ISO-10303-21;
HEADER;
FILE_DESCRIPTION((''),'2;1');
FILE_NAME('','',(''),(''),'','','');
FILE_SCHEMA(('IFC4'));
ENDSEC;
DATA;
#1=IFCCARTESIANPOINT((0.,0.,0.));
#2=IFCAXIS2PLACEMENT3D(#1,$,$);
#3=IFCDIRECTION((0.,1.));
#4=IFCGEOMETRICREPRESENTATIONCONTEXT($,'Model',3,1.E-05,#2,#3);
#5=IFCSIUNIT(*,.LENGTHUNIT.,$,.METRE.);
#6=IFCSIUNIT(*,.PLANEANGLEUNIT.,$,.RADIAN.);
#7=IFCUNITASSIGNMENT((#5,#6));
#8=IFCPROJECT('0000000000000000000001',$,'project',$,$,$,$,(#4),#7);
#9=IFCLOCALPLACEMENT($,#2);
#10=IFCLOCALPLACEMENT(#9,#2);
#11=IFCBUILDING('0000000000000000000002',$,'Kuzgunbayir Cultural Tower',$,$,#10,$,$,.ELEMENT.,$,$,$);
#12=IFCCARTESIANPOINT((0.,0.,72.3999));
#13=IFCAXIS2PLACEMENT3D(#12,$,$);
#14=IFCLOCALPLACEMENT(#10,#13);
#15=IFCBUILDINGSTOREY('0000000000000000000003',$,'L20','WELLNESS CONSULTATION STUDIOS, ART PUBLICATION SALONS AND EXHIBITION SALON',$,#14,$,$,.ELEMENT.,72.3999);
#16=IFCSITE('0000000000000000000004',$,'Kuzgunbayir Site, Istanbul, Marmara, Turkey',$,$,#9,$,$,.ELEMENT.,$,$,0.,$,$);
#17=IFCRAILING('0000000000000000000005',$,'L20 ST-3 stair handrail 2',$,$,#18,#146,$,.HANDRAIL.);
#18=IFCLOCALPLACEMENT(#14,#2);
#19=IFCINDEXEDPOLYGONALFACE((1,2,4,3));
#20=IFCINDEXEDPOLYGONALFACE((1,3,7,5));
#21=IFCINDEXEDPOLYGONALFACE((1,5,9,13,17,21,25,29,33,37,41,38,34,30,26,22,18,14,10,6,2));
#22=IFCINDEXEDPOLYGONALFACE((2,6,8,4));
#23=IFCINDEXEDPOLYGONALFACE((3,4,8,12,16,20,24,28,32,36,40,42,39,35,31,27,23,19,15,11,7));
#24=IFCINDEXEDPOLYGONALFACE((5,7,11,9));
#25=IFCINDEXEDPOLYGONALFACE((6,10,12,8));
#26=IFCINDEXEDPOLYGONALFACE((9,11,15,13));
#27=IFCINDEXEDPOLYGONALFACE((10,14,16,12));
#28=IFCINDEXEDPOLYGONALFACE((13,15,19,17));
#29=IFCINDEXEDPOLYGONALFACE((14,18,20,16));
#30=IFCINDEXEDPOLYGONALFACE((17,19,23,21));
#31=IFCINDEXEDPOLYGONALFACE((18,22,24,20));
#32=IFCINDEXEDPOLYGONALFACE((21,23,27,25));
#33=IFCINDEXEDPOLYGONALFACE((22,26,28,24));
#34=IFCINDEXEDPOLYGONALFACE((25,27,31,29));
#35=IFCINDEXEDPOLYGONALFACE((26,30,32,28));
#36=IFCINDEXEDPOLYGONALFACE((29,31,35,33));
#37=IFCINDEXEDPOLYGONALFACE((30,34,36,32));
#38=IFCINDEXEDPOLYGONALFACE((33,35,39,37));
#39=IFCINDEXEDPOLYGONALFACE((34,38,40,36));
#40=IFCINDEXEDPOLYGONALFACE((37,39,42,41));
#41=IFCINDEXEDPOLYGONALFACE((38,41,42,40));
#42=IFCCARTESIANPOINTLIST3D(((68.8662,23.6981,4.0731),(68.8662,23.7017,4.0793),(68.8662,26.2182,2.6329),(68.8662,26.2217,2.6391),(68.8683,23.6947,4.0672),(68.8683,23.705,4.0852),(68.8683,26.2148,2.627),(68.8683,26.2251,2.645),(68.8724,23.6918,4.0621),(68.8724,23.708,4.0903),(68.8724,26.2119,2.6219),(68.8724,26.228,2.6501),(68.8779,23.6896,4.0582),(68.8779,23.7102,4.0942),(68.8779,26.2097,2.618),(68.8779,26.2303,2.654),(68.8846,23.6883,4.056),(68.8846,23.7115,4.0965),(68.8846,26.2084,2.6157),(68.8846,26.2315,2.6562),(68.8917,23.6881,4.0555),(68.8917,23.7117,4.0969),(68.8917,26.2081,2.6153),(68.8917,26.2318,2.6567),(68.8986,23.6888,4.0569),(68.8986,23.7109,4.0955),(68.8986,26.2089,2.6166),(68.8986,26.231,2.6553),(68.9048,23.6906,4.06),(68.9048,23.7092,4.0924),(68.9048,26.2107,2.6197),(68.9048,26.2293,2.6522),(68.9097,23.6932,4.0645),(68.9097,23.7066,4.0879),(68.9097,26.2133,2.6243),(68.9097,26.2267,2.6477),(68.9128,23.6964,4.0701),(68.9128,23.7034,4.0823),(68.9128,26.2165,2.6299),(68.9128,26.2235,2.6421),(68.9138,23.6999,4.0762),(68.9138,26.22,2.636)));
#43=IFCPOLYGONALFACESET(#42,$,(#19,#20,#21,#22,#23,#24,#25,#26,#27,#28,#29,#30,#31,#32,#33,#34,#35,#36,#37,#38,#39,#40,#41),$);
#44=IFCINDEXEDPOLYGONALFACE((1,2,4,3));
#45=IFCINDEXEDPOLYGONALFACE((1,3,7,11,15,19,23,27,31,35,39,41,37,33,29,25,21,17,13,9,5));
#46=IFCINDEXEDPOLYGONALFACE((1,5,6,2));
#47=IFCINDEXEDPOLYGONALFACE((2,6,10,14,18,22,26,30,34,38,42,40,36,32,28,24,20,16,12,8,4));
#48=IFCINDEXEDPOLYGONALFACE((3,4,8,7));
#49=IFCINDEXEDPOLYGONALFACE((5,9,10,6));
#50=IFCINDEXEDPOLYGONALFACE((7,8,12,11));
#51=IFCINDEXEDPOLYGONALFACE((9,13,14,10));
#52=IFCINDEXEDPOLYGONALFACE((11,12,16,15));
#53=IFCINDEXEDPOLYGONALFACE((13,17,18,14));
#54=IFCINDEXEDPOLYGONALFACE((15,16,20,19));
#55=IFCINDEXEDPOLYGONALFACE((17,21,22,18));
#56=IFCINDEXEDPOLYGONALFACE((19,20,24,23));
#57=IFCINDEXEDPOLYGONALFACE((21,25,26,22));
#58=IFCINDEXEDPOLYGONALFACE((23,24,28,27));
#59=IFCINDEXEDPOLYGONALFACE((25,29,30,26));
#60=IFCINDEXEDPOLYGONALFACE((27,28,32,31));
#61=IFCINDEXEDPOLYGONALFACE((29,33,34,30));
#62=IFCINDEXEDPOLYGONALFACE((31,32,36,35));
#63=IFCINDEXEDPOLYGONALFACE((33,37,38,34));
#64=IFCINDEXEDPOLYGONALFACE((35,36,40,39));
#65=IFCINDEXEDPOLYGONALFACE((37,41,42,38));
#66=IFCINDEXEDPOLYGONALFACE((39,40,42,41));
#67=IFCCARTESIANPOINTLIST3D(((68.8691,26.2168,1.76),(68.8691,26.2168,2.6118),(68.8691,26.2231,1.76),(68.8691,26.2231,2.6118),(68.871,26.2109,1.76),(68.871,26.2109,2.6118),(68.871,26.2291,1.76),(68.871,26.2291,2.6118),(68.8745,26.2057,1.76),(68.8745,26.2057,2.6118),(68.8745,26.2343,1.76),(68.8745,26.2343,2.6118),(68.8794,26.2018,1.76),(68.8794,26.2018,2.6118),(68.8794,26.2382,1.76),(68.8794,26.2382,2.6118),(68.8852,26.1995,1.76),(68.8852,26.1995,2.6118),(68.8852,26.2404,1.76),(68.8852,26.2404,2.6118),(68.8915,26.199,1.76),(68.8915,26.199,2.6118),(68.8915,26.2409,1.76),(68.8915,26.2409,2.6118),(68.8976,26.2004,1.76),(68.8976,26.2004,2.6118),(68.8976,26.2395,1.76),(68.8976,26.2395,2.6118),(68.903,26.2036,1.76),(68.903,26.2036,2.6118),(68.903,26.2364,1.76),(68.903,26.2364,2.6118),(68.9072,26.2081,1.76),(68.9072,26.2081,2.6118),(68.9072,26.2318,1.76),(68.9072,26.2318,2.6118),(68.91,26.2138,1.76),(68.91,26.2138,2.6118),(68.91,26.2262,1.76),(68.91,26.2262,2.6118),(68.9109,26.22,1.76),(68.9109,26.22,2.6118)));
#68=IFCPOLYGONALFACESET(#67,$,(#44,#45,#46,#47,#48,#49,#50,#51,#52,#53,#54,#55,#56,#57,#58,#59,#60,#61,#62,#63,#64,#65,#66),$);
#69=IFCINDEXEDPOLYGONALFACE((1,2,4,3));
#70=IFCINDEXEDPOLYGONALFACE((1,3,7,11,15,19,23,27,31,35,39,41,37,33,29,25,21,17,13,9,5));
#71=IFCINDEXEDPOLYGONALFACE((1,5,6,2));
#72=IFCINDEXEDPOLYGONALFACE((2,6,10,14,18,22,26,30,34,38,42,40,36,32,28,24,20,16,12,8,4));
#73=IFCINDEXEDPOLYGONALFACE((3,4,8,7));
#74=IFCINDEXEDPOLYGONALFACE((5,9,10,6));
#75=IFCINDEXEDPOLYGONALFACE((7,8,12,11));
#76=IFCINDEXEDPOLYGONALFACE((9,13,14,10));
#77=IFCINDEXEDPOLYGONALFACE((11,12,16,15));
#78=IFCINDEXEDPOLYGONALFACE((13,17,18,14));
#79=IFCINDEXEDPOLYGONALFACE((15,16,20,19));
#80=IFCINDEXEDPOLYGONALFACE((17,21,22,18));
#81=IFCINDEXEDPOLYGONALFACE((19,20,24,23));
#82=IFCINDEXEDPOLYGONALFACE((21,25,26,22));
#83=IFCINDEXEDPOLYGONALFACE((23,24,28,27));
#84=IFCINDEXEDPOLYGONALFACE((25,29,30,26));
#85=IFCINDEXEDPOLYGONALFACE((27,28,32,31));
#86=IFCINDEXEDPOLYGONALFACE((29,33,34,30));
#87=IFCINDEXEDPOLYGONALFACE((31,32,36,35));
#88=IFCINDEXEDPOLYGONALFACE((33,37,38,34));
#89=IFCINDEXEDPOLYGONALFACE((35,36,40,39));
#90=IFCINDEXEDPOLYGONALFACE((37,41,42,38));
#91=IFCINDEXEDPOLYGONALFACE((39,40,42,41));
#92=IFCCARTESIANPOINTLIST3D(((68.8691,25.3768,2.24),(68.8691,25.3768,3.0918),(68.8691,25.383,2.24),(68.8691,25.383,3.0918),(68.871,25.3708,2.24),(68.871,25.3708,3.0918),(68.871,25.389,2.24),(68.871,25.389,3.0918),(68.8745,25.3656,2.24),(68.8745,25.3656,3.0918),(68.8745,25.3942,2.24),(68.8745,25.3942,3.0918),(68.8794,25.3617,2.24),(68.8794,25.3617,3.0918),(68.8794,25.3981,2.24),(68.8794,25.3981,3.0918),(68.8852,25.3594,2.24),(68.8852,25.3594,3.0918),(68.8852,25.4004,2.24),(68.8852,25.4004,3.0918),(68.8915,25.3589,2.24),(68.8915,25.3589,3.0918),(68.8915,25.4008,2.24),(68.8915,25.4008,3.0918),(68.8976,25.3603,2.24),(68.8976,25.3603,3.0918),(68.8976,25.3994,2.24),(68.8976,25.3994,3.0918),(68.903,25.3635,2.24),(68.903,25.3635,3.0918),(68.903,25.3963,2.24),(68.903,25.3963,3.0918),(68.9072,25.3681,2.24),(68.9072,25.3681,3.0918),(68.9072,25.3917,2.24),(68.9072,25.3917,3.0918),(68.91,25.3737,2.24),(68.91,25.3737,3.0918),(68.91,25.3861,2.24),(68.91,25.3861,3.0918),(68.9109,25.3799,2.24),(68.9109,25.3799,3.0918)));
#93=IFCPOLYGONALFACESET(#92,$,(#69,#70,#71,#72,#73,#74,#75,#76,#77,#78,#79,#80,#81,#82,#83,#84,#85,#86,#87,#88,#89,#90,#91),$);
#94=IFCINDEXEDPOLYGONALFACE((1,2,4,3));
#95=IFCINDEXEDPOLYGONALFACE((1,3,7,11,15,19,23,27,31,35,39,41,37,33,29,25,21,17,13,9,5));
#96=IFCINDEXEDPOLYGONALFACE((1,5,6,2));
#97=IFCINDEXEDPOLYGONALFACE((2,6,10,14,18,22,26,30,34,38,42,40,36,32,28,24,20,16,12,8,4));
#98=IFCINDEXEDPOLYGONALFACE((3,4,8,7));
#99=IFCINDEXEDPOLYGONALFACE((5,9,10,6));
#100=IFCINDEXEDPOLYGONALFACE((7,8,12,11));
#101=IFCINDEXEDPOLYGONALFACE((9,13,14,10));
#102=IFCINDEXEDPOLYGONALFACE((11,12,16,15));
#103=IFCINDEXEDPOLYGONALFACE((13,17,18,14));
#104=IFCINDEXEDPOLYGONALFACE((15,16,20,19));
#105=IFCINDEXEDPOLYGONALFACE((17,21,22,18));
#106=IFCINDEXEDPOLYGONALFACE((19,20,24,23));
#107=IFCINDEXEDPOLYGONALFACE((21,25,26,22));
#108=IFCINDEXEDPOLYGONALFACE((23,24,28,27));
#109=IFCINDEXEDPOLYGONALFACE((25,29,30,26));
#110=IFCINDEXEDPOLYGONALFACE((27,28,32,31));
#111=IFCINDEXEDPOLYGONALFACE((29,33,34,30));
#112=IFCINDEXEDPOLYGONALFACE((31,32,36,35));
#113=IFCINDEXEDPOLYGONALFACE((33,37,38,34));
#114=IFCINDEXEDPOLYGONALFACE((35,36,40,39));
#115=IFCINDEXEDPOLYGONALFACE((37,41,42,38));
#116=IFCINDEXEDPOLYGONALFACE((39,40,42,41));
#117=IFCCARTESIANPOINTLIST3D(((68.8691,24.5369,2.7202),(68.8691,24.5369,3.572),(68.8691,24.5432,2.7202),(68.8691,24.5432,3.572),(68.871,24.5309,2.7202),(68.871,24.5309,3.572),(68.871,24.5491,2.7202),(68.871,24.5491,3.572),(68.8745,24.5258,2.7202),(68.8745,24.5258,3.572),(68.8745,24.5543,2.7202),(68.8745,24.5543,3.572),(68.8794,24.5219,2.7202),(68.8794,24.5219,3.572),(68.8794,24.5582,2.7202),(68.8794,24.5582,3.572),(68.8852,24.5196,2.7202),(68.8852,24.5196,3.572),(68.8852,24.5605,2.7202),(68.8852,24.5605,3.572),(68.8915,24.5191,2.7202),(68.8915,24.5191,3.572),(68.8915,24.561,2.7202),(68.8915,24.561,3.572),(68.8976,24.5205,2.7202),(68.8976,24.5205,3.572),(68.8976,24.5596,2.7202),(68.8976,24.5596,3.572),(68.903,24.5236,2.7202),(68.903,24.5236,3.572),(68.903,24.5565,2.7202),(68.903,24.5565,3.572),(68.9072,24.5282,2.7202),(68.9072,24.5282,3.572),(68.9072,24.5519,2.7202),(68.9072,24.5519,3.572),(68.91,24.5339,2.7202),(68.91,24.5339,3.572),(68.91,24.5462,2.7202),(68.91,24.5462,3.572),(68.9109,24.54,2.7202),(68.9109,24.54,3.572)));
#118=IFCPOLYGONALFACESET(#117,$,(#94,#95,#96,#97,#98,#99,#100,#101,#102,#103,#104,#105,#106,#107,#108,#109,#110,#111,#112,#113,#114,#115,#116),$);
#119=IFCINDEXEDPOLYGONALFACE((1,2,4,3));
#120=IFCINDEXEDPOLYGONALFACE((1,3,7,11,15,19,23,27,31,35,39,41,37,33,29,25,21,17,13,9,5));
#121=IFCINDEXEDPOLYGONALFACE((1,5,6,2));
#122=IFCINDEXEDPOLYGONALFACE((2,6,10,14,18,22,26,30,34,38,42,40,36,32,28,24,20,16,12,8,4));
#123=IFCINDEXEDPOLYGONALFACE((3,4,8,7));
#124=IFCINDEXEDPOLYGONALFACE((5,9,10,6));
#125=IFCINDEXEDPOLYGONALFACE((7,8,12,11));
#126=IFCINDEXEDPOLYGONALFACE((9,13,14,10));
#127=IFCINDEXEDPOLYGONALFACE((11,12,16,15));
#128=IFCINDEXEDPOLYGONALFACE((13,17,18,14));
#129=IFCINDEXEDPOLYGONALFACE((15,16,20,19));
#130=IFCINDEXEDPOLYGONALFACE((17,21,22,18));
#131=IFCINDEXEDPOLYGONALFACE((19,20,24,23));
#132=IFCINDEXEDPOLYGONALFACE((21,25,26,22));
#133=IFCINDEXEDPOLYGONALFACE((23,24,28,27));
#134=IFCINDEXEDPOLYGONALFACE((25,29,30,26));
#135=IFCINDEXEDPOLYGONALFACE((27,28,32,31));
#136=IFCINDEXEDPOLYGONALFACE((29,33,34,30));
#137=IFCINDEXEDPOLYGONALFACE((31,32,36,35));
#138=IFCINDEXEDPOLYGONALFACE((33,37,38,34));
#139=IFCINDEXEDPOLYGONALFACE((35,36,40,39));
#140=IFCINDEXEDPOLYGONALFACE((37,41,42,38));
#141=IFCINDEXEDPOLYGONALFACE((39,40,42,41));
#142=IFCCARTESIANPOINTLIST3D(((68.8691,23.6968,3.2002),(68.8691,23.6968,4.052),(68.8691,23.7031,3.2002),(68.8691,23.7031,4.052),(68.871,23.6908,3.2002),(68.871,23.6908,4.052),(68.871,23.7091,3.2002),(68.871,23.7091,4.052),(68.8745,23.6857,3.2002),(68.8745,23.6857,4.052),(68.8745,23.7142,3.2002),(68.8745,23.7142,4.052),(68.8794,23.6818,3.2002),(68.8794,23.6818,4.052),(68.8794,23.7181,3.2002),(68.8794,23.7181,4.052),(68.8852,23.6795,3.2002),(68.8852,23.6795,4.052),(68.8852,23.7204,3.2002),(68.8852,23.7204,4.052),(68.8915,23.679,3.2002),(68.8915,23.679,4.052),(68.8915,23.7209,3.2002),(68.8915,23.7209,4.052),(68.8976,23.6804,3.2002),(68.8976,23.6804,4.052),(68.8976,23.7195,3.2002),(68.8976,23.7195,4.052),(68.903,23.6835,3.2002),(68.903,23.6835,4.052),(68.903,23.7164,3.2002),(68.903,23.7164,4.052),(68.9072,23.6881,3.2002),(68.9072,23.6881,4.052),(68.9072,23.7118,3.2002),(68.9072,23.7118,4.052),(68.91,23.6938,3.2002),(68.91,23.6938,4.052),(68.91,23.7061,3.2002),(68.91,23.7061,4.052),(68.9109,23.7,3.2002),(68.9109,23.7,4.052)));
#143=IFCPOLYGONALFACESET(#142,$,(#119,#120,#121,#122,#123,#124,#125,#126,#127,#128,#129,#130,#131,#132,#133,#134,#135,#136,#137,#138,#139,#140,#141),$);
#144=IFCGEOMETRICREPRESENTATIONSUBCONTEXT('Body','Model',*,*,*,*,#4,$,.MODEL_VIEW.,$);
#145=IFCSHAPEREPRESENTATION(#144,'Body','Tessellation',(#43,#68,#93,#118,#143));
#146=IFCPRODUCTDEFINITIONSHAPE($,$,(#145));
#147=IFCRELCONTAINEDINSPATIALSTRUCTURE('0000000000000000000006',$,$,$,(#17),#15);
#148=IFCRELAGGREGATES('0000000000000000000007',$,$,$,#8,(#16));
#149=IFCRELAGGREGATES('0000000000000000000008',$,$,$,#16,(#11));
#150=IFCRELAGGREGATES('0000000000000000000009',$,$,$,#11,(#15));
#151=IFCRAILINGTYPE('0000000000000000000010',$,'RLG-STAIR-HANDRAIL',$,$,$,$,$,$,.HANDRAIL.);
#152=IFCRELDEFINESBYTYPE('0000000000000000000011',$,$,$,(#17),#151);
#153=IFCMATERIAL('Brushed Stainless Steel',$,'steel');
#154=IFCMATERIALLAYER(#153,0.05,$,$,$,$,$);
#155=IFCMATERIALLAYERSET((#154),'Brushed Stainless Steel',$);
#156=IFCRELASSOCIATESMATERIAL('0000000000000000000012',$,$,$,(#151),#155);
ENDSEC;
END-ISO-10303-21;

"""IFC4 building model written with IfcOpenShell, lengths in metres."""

from ifc_helpers import new_model, si_unit, direction, frame, origin, origin_2d, place, context, subcontext, project, spatial, circle, extrude, material, layer, layer_set, type_object, element, save


model = new_model("IFC4")

# Units and contexts
model_context = context("Model", 3, precision=1e-05, world=origin(), true_north=direction((0.0, 1.0)))
body_context = subcontext(model_context, "Body", "Model", "MODEL_VIEW")
ifc_project = project(units=[si_unit("LENGTHUNIT", "METRE"), si_unit("PLANEANGLEUNIT", "RADIAN")], contexts=[model_context])

# Site, building, storey
site_placement = place(None, origin())
site = spatial("IfcSite", under=ifc_project, at=site_placement, Name="Kuzgunbayir Site, Istanbul, Marmara, Turkey", CompositionType="ELEMENT", RefElevation=0.0)
building_placement = place(site_placement, origin())
building = spatial("IfcBuilding", under=site, at=building_placement, Name="Kuzgunbayir Cultural Tower", CompositionType="ELEMENT")
storey_placement = place(building_placement, frame((0.0, 0.0, 72.3999)))
storey = spatial("IfcBuildingStorey", under=building, at=storey_placement, Name="L20", Description="WELLNESS CONSULTATION STUDIOS, ART PUBLICATION SALONS AND EXHIBITION SALON", CompositionType="ELEMENT", Elevation=72.3999)

# Railing
ifc_material_1 = material(Name="Brushed Stainless Steel", Category="steel")
ifc_layer_1 = layer(ifc_material_1, 0.05)
ifc_layer_set_1 = layer_set([ifc_layer_1], Name="Brushed Stainless Steel")
railing_type_1 = type_object("IfcRailingType", Name="RLG-STAIR-HANDRAIL", PredefinedType="HANDRAIL", material=ifc_layer_set_1)
railing_1_placement = place(storey_placement, frame((68.8899, 26.22, 1.76)))
element("IfcRailing", 1, at=railing_1_placement, inside=storey, type_object=railing_type_1, Name="L20 ST-3 stair handrail 2", PredefinedType="HANDRAIL", context=body_context, shape_type="SweptSolid", body=[
    extrude(circle(Radius=0.0239, at=origin_2d()), frame((0.0, 0.0, 0.876), z_axis=(0.0, -0.868217, 0.496184), x_axis=(1.0, 0.0, 0.0)), (0.0, 0.0, 1.0), 2.9026),
    extrude(circle(Radius=0.021, at=origin_2d()), origin(), (0.0, 0.0, 1.0), 0.8518),
    extrude(circle(Radius=0.021, at=origin_2d()), frame((0.0, -0.8401, 0.48)), (0.0, 0.0, 1.0), 0.8518),
    extrude(circle(Radius=0.021, at=origin_2d()), frame((0.0, -1.6799, 0.9602)), (0.0, 0.0, 1.0), 0.8518),
    extrude(circle(Radius=0.021, at=origin_2d()), frame((0.0, -2.52, 1.4402)), (0.0, 0.0, 1.0), 0.8518),
])

save(model, "model.ifc")
